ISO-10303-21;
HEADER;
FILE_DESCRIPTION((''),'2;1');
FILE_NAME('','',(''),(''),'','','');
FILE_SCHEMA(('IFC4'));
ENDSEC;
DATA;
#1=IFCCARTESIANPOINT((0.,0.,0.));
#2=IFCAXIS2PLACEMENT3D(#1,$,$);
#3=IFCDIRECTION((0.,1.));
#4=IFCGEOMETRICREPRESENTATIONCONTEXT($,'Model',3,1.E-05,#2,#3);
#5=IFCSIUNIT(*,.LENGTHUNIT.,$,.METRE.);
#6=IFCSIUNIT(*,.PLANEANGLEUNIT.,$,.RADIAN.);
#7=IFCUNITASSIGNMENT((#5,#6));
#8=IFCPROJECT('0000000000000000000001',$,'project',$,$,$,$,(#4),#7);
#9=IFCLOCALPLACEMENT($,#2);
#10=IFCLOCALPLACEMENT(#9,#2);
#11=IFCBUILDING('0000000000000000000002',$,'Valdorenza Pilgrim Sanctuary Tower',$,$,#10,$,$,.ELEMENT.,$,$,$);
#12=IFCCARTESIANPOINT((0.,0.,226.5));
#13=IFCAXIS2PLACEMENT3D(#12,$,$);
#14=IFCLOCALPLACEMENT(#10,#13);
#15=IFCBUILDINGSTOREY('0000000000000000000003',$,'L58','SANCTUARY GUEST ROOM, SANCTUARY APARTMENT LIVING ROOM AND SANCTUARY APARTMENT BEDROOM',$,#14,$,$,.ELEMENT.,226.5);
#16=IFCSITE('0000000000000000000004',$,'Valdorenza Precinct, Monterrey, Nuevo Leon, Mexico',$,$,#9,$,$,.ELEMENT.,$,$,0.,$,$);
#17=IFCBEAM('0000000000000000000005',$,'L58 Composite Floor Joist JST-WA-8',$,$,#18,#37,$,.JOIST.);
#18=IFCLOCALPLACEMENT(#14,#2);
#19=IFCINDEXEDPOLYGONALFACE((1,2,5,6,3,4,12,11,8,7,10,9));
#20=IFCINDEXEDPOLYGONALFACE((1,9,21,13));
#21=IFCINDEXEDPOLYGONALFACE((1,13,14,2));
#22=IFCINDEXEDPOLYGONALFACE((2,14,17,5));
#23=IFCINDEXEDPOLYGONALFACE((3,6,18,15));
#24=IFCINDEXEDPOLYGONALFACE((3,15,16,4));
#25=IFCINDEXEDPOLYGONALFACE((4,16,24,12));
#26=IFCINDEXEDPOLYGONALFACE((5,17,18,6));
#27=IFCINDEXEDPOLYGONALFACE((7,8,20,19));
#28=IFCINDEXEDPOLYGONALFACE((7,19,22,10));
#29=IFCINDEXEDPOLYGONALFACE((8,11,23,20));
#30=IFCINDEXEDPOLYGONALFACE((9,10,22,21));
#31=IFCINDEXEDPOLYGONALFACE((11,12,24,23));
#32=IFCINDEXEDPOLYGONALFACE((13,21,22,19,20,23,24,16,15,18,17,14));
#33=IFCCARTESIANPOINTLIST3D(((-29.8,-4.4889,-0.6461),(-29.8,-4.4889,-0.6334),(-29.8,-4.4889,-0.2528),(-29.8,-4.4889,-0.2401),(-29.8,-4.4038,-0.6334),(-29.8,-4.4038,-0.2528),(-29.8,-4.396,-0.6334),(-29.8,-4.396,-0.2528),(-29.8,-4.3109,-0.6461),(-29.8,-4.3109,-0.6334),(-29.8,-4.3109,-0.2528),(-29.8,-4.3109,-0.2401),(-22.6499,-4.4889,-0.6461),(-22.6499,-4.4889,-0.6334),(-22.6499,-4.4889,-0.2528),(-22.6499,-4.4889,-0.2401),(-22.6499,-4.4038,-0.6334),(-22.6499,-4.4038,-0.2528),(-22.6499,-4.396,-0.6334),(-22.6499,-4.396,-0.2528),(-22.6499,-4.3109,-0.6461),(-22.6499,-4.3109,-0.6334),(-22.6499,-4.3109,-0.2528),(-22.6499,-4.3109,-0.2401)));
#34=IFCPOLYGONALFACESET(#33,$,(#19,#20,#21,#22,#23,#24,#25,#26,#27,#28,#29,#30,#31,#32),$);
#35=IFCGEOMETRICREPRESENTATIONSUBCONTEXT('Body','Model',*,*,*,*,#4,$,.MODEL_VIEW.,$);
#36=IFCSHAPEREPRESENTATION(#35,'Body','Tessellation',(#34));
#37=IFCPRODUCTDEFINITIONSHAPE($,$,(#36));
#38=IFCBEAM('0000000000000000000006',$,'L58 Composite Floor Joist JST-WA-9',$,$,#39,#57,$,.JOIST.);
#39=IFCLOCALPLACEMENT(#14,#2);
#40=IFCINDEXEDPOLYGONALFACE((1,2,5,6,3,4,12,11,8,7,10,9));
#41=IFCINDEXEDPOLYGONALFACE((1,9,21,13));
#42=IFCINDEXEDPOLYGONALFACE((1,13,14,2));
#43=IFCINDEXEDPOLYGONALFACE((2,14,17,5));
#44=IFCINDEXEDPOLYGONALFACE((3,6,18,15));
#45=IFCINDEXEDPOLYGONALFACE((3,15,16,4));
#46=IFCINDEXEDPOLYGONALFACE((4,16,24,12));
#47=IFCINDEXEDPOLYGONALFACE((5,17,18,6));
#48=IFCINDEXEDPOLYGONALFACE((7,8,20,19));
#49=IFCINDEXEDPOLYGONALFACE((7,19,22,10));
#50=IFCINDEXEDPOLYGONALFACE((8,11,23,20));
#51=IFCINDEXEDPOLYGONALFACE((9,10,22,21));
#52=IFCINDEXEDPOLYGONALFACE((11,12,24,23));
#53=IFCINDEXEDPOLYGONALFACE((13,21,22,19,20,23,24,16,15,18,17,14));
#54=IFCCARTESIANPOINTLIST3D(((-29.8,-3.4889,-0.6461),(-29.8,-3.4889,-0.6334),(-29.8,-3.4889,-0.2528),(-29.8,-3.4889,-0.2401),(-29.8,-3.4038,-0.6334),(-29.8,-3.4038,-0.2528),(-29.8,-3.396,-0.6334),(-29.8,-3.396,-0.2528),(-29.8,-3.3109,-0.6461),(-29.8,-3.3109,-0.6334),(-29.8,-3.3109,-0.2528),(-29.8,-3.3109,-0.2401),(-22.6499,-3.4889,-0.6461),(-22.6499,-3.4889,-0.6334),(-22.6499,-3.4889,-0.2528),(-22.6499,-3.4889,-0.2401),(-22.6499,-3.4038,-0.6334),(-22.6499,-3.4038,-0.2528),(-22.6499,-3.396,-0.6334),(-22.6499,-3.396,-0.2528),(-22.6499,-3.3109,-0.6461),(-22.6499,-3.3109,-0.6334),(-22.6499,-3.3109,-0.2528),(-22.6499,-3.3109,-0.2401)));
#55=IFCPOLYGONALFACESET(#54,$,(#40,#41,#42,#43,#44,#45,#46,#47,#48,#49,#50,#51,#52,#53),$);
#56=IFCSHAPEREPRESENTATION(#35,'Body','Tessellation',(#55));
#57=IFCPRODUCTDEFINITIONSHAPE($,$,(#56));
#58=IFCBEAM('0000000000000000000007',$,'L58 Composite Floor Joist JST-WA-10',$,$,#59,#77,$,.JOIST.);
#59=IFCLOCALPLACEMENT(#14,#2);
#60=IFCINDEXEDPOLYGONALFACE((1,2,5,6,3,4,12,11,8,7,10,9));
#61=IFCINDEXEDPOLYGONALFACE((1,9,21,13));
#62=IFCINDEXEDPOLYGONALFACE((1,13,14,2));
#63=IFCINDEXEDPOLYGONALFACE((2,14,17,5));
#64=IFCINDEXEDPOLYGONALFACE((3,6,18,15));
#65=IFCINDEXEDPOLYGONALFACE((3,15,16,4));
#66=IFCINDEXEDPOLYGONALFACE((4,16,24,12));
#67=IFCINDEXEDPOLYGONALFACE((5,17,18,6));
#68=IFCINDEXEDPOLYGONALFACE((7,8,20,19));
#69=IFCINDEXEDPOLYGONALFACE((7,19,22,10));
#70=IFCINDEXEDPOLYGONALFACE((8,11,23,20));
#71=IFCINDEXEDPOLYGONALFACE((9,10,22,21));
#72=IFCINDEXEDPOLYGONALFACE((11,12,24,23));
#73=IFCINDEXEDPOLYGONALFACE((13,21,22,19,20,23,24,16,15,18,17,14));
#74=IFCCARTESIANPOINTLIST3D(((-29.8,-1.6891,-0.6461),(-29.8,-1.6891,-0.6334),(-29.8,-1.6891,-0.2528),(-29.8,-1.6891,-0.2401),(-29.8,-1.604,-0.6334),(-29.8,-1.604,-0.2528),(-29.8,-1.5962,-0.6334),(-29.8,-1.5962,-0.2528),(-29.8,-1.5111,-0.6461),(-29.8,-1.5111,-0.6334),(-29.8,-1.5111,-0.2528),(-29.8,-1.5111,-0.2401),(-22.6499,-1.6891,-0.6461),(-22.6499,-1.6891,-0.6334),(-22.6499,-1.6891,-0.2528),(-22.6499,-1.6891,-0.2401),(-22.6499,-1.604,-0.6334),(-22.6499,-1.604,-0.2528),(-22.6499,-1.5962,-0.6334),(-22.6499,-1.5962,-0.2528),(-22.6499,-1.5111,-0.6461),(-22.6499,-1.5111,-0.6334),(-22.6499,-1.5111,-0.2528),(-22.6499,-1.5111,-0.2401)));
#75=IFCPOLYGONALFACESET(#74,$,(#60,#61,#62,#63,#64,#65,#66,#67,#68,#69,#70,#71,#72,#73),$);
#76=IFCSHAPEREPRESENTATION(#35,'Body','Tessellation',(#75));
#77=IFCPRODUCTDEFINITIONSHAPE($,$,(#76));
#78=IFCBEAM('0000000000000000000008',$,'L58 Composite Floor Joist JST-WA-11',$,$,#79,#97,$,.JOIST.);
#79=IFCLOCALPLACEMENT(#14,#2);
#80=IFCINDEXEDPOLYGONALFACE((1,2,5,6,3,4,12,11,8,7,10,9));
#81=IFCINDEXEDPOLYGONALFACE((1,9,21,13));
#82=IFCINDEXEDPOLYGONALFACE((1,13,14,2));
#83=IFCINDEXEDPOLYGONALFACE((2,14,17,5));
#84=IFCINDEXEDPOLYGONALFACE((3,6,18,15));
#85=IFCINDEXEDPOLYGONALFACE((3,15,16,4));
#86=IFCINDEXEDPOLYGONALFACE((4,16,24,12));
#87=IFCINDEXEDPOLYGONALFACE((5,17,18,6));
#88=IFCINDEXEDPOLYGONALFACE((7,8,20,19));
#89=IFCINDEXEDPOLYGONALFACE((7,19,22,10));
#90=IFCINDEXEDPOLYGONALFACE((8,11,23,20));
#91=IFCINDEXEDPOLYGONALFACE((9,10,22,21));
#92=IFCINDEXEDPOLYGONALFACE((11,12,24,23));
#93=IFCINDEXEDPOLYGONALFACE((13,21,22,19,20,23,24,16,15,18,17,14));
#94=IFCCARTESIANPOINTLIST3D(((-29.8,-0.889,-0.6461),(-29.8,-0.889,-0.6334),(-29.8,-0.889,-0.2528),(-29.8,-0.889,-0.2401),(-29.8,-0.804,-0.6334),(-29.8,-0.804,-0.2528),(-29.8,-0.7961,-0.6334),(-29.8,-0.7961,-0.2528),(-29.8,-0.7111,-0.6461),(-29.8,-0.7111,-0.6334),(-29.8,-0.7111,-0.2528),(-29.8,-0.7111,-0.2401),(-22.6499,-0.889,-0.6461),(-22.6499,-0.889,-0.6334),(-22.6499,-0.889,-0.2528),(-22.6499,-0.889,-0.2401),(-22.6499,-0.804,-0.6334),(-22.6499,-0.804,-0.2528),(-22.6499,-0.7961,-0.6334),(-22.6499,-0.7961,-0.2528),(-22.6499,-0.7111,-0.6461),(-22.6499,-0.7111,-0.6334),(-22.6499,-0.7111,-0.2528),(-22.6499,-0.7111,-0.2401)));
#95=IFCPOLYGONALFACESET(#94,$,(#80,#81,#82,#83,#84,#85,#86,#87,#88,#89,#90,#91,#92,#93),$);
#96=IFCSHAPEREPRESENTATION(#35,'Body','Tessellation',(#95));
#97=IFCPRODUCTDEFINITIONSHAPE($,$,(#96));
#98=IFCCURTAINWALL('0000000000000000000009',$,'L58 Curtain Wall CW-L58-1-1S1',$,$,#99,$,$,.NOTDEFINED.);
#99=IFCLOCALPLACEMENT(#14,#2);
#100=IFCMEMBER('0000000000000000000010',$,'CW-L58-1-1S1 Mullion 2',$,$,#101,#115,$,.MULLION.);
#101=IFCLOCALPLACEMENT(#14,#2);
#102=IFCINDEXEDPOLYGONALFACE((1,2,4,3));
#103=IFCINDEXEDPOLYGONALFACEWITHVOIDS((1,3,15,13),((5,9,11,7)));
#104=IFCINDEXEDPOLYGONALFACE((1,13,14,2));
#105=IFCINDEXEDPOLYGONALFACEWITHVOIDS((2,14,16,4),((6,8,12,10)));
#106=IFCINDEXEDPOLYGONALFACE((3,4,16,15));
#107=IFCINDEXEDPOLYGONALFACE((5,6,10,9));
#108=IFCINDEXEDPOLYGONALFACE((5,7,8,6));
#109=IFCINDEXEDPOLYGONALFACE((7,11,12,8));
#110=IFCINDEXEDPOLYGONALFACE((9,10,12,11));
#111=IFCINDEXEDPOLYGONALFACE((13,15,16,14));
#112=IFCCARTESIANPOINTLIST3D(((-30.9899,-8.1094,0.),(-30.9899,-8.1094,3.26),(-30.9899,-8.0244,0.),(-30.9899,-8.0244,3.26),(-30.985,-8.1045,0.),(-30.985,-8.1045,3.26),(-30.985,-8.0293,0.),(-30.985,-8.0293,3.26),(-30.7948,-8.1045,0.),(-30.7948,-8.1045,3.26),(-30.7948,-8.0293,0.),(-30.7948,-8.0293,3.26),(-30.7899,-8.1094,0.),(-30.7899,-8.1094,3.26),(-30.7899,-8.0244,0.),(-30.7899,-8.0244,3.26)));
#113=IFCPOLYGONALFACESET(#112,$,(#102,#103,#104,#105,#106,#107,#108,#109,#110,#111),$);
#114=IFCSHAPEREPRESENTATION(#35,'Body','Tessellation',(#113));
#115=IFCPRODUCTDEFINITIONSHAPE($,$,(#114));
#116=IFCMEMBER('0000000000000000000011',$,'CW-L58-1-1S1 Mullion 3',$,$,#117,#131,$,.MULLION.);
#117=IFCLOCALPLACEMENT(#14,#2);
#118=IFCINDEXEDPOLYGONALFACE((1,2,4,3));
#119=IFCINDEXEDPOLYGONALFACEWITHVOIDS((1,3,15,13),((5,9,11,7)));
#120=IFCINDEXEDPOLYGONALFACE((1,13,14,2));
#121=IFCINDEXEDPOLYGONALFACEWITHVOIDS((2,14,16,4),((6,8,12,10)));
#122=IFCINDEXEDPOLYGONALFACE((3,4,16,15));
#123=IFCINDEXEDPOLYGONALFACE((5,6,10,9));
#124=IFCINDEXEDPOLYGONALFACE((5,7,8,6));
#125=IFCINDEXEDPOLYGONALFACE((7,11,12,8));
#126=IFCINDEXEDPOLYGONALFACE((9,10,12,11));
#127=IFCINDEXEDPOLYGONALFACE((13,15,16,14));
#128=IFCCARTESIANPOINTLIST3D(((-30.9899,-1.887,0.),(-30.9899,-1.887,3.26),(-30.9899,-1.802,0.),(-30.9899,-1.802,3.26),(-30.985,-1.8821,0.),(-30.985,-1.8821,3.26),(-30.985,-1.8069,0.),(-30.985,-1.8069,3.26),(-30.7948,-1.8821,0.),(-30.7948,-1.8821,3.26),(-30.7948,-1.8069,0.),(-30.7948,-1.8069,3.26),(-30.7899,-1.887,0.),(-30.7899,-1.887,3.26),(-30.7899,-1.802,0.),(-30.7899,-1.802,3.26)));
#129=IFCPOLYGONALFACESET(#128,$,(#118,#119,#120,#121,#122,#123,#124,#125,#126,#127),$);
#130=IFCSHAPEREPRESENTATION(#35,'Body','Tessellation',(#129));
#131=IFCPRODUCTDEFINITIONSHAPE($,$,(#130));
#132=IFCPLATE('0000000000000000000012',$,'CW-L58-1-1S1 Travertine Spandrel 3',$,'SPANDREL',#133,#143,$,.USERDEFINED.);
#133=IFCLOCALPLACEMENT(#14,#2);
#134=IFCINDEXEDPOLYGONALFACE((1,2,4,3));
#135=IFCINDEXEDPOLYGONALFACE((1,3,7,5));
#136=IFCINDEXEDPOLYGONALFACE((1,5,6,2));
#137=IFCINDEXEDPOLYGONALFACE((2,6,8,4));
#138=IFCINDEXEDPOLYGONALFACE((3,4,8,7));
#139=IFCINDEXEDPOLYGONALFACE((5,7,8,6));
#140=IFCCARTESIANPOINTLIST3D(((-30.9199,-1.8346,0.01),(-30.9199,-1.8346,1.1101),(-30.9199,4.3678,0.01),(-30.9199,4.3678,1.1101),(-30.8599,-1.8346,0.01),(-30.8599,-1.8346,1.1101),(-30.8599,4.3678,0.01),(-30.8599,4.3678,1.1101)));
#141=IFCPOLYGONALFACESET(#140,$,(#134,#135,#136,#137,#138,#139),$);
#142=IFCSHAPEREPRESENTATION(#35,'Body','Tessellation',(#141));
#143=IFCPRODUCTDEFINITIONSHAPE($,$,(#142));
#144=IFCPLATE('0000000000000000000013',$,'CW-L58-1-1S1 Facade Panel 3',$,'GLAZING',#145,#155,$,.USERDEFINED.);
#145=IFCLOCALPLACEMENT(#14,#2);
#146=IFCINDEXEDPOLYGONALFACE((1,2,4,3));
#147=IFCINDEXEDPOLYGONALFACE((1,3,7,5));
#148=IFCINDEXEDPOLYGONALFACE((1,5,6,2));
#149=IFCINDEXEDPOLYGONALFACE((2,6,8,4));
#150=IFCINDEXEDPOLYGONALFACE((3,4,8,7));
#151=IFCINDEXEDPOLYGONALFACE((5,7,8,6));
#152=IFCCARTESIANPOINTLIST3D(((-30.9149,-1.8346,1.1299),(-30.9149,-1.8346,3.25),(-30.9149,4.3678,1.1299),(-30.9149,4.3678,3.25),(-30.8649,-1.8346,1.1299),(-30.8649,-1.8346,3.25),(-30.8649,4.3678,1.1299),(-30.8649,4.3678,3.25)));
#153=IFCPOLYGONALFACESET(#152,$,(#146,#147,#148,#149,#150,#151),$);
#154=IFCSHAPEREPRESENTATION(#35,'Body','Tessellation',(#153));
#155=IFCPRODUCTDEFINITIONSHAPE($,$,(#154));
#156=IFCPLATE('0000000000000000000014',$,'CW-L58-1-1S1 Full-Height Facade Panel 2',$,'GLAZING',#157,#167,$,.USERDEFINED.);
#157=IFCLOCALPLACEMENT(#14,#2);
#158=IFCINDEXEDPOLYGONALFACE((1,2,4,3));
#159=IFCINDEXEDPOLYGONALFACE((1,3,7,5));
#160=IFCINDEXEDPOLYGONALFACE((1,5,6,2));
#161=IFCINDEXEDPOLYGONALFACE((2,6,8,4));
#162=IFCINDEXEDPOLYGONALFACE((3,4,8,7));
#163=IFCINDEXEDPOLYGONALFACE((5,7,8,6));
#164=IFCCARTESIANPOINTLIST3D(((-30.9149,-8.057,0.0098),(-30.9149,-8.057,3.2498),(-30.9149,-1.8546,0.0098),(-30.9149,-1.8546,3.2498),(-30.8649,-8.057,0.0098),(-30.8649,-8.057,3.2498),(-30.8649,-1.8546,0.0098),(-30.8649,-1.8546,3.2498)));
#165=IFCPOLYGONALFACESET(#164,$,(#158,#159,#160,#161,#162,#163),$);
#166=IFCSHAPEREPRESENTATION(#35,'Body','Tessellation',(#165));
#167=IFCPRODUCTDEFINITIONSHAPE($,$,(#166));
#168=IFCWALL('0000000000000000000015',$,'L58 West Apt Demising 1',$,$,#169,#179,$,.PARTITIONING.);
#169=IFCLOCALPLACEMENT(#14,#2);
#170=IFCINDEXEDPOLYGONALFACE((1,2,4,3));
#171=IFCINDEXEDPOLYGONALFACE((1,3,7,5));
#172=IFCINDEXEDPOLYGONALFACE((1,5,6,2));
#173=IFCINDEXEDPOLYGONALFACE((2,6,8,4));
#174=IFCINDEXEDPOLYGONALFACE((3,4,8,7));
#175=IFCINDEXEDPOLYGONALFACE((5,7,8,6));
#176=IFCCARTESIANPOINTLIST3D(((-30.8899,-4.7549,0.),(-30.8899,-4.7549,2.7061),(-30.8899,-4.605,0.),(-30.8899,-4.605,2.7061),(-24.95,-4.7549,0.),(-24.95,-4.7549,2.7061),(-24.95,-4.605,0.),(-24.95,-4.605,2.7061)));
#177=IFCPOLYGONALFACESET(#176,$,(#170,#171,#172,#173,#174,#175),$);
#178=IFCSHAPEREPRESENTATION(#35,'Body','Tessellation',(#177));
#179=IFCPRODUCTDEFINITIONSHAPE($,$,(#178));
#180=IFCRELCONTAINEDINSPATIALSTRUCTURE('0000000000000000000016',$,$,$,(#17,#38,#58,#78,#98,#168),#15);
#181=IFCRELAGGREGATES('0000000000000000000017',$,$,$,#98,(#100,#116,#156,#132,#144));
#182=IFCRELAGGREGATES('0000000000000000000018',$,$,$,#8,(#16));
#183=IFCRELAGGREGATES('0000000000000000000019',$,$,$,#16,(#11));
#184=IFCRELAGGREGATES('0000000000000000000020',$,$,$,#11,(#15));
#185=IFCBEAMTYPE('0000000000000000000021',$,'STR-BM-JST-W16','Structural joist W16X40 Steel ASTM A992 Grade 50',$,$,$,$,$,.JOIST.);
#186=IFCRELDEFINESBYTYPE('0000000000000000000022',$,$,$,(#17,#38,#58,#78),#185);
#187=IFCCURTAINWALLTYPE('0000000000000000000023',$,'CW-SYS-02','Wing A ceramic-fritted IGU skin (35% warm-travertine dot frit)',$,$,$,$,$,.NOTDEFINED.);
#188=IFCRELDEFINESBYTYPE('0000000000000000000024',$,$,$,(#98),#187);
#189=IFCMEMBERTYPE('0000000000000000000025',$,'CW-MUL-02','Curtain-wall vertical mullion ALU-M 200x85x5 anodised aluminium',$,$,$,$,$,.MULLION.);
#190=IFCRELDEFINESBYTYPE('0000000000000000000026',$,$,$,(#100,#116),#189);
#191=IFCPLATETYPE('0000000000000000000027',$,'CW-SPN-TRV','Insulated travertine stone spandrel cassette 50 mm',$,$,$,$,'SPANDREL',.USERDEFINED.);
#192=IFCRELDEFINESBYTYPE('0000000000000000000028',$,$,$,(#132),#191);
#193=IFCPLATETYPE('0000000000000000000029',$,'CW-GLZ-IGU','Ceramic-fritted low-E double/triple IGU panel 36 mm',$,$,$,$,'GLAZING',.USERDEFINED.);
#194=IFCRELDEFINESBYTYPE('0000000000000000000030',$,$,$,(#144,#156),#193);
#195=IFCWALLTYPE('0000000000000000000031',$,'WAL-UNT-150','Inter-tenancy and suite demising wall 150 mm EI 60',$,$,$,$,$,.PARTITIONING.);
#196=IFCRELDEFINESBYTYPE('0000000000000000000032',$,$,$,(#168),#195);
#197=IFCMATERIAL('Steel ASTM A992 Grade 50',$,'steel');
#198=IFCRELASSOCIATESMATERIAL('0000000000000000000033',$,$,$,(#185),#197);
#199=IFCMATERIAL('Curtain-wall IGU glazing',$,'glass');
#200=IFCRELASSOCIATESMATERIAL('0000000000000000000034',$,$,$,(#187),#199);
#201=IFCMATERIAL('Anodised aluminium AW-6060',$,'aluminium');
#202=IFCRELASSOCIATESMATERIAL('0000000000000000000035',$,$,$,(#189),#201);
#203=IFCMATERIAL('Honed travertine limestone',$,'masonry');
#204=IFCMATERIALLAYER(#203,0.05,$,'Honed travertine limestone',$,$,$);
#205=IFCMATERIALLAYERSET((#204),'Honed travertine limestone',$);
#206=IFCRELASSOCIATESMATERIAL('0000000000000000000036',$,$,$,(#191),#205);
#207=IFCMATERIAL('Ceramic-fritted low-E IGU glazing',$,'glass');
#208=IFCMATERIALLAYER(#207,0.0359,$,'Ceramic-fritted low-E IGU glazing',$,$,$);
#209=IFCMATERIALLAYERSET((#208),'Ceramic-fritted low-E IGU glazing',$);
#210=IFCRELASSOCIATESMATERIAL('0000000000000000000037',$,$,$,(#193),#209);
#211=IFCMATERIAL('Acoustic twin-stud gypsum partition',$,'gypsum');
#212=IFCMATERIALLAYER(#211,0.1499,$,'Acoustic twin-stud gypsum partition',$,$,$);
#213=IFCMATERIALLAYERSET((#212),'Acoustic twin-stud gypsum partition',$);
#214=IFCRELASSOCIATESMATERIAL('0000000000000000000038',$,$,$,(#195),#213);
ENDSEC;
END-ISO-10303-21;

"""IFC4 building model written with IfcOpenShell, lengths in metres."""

from ifc_helpers import new_model, si_unit, direction, frame, frame_2d, origin, origin_2d, place, context, subcontext, project, spatial, rectangle, hollow_rectangle, i_section, extrude, source, transform, mapped, material, layer, layer_set, material_profile, profile_set, type_object, element, aggregate, save


model = new_model("IFC4")

# Units and contexts
model_context = context("Model", 3, precision=1e-05, world=origin(), true_north=direction((0.0, 1.0)))
body_context = subcontext(model_context, "Body", "Model", "MODEL_VIEW")
ifc_project = project(units=[si_unit("LENGTHUNIT", "METRE"), si_unit("PLANEANGLEUNIT", "RADIAN")], contexts=[model_context])

# Site, building, storey
site_placement = place(None, origin())
site = spatial("IfcSite", under=ifc_project, at=site_placement, Name="Valdorenza Precinct, Monterrey, Nuevo Leon, Mexico", CompositionType="ELEMENT", RefElevation=0.0)
building_placement = place(site_placement, origin())
building = spatial("IfcBuilding", under=site, at=building_placement, Name="Valdorenza Pilgrim Sanctuary Tower", CompositionType="ELEMENT")
storey_placement = place(building_placement, frame((0.0, 0.0, 226.5)))
storey = spatial("IfcBuildingStorey", under=building, at=storey_placement, Name="L58", Description="SANCTUARY GUEST ROOM, SANCTUARY APARTMENT LIVING ROOM AND SANCTUARY APARTMENT BEDROOM", CompositionType="ELEMENT", Elevation=226.5)

# Beams
ifc_material_1 = material(Name="Steel ASTM A992 Grade 50", Category="steel")
ifc_material_profile_1 = material_profile(ifc_material_1, i_section(OverallWidth=0.178, OverallDepth=0.406, WebThickness=0.0078, FlangeThickness=0.0127, at=origin_2d()), Name="W16X40")
ifc_profile_set_1 = profile_set([ifc_material_profile_1], Name="Steel ASTM A992 Grade 50")
beam_type_1 = type_object("IfcBeamType", Name="STR-BM-JST-W16", Description="Structural joist W16X40 Steel ASTM A992 Grade 50", PredefinedType="JOIST", material=ifc_profile_set_1)
shared_shape_1 = source(origin(), body_context, "Body", "SweptSolid", [
    extrude(i_section(OverallWidth=0.178, OverallDepth=0.406, WebThickness=0.0078, FlangeThickness=0.0127, at=origin_2d()), origin(), (0.0, 0.0, 1.0), 7.1501),
])
for number, where, z_axis, x_axis, name in (
    (1, (-29.8, -4.3999, -0.4431), (1.0, 0.0, 0.0), (0.0, 1.0, 0.0), "L58 Composite Floor Joist JST-WA-8"),
    (2, (-29.8, -3.3999, -0.4431), (1.0, 0.0, 0.0), (0.0, 1.0, 0.0), "L58 Composite Floor Joist JST-WA-9"),
    (3, (-29.8, -1.6001, -0.4431), (1.0, 0.0, 0.0), (0.0, 1.0, 0.0), "L58 Composite Floor Joist JST-WA-10"),
    (4, (-29.8, -0.8, -0.4431), (1.0, 0.0, 0.0), (0.0, 1.0, 0.0), "L58 Composite Floor Joist JST-WA-11"),
):
    element("IfcBeam", number, at=place(storey_placement, frame(where, z_axis=z_axis, x_axis=x_axis)), inside=storey, type_object=beam_type_1, Name=name, PredefinedType="JOIST", context=body_context, shape_type="MappedRepresentation", body=[
        mapped(shared_shape_1, transform((0.0, 0.0, 0.0), x_axis=(1.0, 0.0, 0.0), y_axis=(0.0, 1.0, 0.0), z_axis=(0.0, 0.0, 1.0), scale=1.0)),
    ])

# Curtain wall, members, plates
ifc_material_2 = material(Name="Curtain-wall IGU glazing", Category="glass")
curtain_wall_type = type_object("IfcCurtainWallType", Name="CW-SYS-02", Description="Wing A ceramic-fritted IGU skin (35% warm-travertine dot frit)", PredefinedType="NOTDEFINED", material=ifc_material_2)
curtain_wall_placement = place(storey_placement, origin())
curtain_wall = element("IfcCurtainWall", 5, at=curtain_wall_placement, inside=storey, type_object=curtain_wall_type, Name="L58 Curtain Wall CW-L58-1-1S1", PredefinedType="NOTDEFINED")
ifc_material_3 = material(Name="Anodised aluminium AW-6060", Category="aluminium")
ifc_material_profile_2 = material_profile(ifc_material_3, hollow_rectangle(XDim=0.085, YDim=0.2, WallThickness=0.0049, at=origin_2d()), Name="ALU-M 200x85x5")
ifc_profile_set_2 = profile_set([ifc_material_profile_2], Name="Anodised aluminium AW-6060")
member_type = type_object("IfcMemberType", Name="CW-MUL-02", Description="Curtain-wall vertical mullion ALU-M 200x85x5 anodised aluminium", PredefinedType="MULLION", material=ifc_profile_set_2)
shared_shape_2 = source(origin(), body_context, "Body", "SweptSolid", [
    extrude(hollow_rectangle(XDim=0.085, YDim=0.2, WallThickness=0.0049, at=origin_2d()), origin(), (0.0, 0.0, 1.0), 3.26),
])
member_1_placement = place(storey_placement, frame((-30.8899, -8.0669, 0.0), z_axis=(0.0, 0.0, 1.0), x_axis=(0.0, 1.0, 0.0)))
member_1 = element("IfcMember", 6, at=member_1_placement, type_object=member_type, Name="CW-L58-1-1S1 Mullion 2", PredefinedType="MULLION", context=body_context, shape_type="MappedRepresentation", body=[
    mapped(shared_shape_2, transform((0.0, 0.0, 0.0), x_axis=(1.0, 0.0, 0.0), y_axis=(0.0, 1.0, 0.0), z_axis=(0.0, 0.0, 1.0), scale=1.0)),
])
member_2_placement = place(storey_placement, frame((-30.8899, -1.8445, 0.0), z_axis=(0.0, 0.0, 1.0), x_axis=(0.0, 1.0, 0.0)))
member_2 = element("IfcMember", 7, at=member_2_placement, type_object=member_type, Name="CW-L58-1-1S1 Mullion 3", PredefinedType="MULLION", context=body_context, shape_type="MappedRepresentation", body=[
    mapped(shared_shape_2, transform((0.0, 0.0, 0.0), x_axis=(1.0, 0.0, 0.0), y_axis=(0.0, 1.0, 0.0), z_axis=(0.0, 0.0, 1.0), scale=1.0)),
])
ifc_material_4 = material(Name="Honed travertine limestone", Category="masonry")
ifc_layer_1 = layer(ifc_material_4, 0.05, Name="Honed travertine limestone")
ifc_layer_set_1 = layer_set([ifc_layer_1], Name="Honed travertine limestone")
plate_type_1 = type_object("IfcPlateType", Name="CW-SPN-TRV", Description="Insulated travertine stone spandrel cassette 50 mm", ElementType="SPANDREL", PredefinedType="USERDEFINED", material=ifc_layer_set_1)
shared_shape_3 = source(origin(), body_context, "Body", "SweptSolid", [
    extrude(rectangle(XDim=6.2024, YDim=0.0601, at=origin_2d()), origin(), (0.0, 0.0, 1.0), 1.1001),
])
plate_1_placement = place(storey_placement, frame((-30.8899, 1.2666, 0.01), z_axis=(0.0, 0.0, 1.0), x_axis=(0.0, 1.0, 0.0)))
plate_1 = element("IfcPlate", 8, at=plate_1_placement, type_object=plate_type_1, Name="CW-L58-1-1S1 Travertine Spandrel 3", ObjectType="SPANDREL", PredefinedType="USERDEFINED", context=body_context, shape_type="MappedRepresentation", body=[
    mapped(shared_shape_3, transform((0.0, 0.0, 0.0), x_axis=(1.0, 0.0, 0.0), y_axis=(0.0, 1.0, 0.0), z_axis=(0.0, 0.0, 1.0), scale=1.0)),
])
ifc_material_5 = material(Name="Ceramic-fritted low-E IGU glazing", Category="glass")
ifc_layer_2 = layer(ifc_material_5, 0.0359, Name="Ceramic-fritted low-E IGU glazing")
ifc_layer_set_2 = layer_set([ifc_layer_2], Name="Ceramic-fritted low-E IGU glazing")
plate_type_2 = type_object("IfcPlateType", Name="CW-GLZ-IGU", Description="Ceramic-fritted low-E double/triple IGU panel 36 mm", ElementType="GLAZING", PredefinedType="USERDEFINED", material=ifc_layer_set_2)
shared_shape_4 = source(origin(), body_context, "Body", "SweptSolid", [
    extrude(rectangle(XDim=6.2024, YDim=0.05, at=origin_2d()), origin(), (0.0, 0.0, 1.0), 2.1201),
])
plate_2_placement = place(storey_placement, frame((-30.8899, 1.2666, 1.1299), z_axis=(0.0, 0.0, 1.0), x_axis=(0.0, 1.0, 0.0)))
plate_2 = element("IfcPlate", 9, at=plate_2_placement, type_object=plate_type_2, Name="CW-L58-1-1S1 Facade Panel 3", ObjectType="GLAZING", PredefinedType="USERDEFINED", context=body_context, shape_type="MappedRepresentation", body=[
    mapped(shared_shape_4, transform((0.0, 0.0, 0.0), x_axis=(1.0, 0.0, 0.0), y_axis=(0.0, 1.0, 0.0), z_axis=(0.0, 0.0, 1.0), scale=1.0)),
])
shared_shape_5 = source(origin(), body_context, "Body", "SweptSolid", [
    extrude(rectangle(XDim=6.2024, YDim=0.05, at=origin_2d()), origin(), (0.0, 0.0, 1.0), 3.24),
])
plate_3_placement = place(storey_placement, frame((-30.8899, -4.9558, 0.0098), z_axis=(0.0, 0.0, 1.0), x_axis=(0.0, 1.0, 0.0)))
plate_3 = element("IfcPlate", 10, at=plate_3_placement, type_object=plate_type_2, Name="CW-L58-1-1S1 Full-Height Facade Panel 2", ObjectType="GLAZING", PredefinedType="USERDEFINED", context=body_context, shape_type="MappedRepresentation", body=[
    mapped(shared_shape_5, transform((0.0, 0.0, 0.0), x_axis=(1.0, 0.0, 0.0), y_axis=(0.0, 1.0, 0.0), z_axis=(0.0, 0.0, 1.0), scale=1.0)),
])
aggregate(curtain_wall, [member_1, member_2, plate_3, plate_1, plate_2])

# Wall
ifc_material_6 = material(Name="Acoustic twin-stud gypsum partition", Category="gypsum")
ifc_layer_3 = layer(ifc_material_6, 0.1499, Name="Acoustic twin-stud gypsum partition")
ifc_layer_set_3 = layer_set([ifc_layer_3], Name="Acoustic twin-stud gypsum partition")
wall_type = type_object("IfcWallType", Name="WAL-UNT-150", Description="Inter-tenancy and suite demising wall 150 mm EI 60", PredefinedType="PARTITIONING", material=ifc_layer_set_3)
wall_placement = place(storey_placement, frame((-30.8899, -4.6799, 0.0), z_axis=(0.0, 0.0, 1.0), x_axis=(1.0, 0.0, 0.0)))
element("IfcWall", 11, at=wall_placement, inside=storey, type_object=wall_type, Name="L58 West Apt Demising 1", PredefinedType="PARTITIONING", context=body_context, shape_type="SweptSolid", body=[
    extrude(rectangle(XDim=5.9399, YDim=0.1499, at=frame_2d((2.97, 0.0))), origin(), (0.0, 0.0, 1.0), 2.7061),
])

save(model, "model.ifc")
